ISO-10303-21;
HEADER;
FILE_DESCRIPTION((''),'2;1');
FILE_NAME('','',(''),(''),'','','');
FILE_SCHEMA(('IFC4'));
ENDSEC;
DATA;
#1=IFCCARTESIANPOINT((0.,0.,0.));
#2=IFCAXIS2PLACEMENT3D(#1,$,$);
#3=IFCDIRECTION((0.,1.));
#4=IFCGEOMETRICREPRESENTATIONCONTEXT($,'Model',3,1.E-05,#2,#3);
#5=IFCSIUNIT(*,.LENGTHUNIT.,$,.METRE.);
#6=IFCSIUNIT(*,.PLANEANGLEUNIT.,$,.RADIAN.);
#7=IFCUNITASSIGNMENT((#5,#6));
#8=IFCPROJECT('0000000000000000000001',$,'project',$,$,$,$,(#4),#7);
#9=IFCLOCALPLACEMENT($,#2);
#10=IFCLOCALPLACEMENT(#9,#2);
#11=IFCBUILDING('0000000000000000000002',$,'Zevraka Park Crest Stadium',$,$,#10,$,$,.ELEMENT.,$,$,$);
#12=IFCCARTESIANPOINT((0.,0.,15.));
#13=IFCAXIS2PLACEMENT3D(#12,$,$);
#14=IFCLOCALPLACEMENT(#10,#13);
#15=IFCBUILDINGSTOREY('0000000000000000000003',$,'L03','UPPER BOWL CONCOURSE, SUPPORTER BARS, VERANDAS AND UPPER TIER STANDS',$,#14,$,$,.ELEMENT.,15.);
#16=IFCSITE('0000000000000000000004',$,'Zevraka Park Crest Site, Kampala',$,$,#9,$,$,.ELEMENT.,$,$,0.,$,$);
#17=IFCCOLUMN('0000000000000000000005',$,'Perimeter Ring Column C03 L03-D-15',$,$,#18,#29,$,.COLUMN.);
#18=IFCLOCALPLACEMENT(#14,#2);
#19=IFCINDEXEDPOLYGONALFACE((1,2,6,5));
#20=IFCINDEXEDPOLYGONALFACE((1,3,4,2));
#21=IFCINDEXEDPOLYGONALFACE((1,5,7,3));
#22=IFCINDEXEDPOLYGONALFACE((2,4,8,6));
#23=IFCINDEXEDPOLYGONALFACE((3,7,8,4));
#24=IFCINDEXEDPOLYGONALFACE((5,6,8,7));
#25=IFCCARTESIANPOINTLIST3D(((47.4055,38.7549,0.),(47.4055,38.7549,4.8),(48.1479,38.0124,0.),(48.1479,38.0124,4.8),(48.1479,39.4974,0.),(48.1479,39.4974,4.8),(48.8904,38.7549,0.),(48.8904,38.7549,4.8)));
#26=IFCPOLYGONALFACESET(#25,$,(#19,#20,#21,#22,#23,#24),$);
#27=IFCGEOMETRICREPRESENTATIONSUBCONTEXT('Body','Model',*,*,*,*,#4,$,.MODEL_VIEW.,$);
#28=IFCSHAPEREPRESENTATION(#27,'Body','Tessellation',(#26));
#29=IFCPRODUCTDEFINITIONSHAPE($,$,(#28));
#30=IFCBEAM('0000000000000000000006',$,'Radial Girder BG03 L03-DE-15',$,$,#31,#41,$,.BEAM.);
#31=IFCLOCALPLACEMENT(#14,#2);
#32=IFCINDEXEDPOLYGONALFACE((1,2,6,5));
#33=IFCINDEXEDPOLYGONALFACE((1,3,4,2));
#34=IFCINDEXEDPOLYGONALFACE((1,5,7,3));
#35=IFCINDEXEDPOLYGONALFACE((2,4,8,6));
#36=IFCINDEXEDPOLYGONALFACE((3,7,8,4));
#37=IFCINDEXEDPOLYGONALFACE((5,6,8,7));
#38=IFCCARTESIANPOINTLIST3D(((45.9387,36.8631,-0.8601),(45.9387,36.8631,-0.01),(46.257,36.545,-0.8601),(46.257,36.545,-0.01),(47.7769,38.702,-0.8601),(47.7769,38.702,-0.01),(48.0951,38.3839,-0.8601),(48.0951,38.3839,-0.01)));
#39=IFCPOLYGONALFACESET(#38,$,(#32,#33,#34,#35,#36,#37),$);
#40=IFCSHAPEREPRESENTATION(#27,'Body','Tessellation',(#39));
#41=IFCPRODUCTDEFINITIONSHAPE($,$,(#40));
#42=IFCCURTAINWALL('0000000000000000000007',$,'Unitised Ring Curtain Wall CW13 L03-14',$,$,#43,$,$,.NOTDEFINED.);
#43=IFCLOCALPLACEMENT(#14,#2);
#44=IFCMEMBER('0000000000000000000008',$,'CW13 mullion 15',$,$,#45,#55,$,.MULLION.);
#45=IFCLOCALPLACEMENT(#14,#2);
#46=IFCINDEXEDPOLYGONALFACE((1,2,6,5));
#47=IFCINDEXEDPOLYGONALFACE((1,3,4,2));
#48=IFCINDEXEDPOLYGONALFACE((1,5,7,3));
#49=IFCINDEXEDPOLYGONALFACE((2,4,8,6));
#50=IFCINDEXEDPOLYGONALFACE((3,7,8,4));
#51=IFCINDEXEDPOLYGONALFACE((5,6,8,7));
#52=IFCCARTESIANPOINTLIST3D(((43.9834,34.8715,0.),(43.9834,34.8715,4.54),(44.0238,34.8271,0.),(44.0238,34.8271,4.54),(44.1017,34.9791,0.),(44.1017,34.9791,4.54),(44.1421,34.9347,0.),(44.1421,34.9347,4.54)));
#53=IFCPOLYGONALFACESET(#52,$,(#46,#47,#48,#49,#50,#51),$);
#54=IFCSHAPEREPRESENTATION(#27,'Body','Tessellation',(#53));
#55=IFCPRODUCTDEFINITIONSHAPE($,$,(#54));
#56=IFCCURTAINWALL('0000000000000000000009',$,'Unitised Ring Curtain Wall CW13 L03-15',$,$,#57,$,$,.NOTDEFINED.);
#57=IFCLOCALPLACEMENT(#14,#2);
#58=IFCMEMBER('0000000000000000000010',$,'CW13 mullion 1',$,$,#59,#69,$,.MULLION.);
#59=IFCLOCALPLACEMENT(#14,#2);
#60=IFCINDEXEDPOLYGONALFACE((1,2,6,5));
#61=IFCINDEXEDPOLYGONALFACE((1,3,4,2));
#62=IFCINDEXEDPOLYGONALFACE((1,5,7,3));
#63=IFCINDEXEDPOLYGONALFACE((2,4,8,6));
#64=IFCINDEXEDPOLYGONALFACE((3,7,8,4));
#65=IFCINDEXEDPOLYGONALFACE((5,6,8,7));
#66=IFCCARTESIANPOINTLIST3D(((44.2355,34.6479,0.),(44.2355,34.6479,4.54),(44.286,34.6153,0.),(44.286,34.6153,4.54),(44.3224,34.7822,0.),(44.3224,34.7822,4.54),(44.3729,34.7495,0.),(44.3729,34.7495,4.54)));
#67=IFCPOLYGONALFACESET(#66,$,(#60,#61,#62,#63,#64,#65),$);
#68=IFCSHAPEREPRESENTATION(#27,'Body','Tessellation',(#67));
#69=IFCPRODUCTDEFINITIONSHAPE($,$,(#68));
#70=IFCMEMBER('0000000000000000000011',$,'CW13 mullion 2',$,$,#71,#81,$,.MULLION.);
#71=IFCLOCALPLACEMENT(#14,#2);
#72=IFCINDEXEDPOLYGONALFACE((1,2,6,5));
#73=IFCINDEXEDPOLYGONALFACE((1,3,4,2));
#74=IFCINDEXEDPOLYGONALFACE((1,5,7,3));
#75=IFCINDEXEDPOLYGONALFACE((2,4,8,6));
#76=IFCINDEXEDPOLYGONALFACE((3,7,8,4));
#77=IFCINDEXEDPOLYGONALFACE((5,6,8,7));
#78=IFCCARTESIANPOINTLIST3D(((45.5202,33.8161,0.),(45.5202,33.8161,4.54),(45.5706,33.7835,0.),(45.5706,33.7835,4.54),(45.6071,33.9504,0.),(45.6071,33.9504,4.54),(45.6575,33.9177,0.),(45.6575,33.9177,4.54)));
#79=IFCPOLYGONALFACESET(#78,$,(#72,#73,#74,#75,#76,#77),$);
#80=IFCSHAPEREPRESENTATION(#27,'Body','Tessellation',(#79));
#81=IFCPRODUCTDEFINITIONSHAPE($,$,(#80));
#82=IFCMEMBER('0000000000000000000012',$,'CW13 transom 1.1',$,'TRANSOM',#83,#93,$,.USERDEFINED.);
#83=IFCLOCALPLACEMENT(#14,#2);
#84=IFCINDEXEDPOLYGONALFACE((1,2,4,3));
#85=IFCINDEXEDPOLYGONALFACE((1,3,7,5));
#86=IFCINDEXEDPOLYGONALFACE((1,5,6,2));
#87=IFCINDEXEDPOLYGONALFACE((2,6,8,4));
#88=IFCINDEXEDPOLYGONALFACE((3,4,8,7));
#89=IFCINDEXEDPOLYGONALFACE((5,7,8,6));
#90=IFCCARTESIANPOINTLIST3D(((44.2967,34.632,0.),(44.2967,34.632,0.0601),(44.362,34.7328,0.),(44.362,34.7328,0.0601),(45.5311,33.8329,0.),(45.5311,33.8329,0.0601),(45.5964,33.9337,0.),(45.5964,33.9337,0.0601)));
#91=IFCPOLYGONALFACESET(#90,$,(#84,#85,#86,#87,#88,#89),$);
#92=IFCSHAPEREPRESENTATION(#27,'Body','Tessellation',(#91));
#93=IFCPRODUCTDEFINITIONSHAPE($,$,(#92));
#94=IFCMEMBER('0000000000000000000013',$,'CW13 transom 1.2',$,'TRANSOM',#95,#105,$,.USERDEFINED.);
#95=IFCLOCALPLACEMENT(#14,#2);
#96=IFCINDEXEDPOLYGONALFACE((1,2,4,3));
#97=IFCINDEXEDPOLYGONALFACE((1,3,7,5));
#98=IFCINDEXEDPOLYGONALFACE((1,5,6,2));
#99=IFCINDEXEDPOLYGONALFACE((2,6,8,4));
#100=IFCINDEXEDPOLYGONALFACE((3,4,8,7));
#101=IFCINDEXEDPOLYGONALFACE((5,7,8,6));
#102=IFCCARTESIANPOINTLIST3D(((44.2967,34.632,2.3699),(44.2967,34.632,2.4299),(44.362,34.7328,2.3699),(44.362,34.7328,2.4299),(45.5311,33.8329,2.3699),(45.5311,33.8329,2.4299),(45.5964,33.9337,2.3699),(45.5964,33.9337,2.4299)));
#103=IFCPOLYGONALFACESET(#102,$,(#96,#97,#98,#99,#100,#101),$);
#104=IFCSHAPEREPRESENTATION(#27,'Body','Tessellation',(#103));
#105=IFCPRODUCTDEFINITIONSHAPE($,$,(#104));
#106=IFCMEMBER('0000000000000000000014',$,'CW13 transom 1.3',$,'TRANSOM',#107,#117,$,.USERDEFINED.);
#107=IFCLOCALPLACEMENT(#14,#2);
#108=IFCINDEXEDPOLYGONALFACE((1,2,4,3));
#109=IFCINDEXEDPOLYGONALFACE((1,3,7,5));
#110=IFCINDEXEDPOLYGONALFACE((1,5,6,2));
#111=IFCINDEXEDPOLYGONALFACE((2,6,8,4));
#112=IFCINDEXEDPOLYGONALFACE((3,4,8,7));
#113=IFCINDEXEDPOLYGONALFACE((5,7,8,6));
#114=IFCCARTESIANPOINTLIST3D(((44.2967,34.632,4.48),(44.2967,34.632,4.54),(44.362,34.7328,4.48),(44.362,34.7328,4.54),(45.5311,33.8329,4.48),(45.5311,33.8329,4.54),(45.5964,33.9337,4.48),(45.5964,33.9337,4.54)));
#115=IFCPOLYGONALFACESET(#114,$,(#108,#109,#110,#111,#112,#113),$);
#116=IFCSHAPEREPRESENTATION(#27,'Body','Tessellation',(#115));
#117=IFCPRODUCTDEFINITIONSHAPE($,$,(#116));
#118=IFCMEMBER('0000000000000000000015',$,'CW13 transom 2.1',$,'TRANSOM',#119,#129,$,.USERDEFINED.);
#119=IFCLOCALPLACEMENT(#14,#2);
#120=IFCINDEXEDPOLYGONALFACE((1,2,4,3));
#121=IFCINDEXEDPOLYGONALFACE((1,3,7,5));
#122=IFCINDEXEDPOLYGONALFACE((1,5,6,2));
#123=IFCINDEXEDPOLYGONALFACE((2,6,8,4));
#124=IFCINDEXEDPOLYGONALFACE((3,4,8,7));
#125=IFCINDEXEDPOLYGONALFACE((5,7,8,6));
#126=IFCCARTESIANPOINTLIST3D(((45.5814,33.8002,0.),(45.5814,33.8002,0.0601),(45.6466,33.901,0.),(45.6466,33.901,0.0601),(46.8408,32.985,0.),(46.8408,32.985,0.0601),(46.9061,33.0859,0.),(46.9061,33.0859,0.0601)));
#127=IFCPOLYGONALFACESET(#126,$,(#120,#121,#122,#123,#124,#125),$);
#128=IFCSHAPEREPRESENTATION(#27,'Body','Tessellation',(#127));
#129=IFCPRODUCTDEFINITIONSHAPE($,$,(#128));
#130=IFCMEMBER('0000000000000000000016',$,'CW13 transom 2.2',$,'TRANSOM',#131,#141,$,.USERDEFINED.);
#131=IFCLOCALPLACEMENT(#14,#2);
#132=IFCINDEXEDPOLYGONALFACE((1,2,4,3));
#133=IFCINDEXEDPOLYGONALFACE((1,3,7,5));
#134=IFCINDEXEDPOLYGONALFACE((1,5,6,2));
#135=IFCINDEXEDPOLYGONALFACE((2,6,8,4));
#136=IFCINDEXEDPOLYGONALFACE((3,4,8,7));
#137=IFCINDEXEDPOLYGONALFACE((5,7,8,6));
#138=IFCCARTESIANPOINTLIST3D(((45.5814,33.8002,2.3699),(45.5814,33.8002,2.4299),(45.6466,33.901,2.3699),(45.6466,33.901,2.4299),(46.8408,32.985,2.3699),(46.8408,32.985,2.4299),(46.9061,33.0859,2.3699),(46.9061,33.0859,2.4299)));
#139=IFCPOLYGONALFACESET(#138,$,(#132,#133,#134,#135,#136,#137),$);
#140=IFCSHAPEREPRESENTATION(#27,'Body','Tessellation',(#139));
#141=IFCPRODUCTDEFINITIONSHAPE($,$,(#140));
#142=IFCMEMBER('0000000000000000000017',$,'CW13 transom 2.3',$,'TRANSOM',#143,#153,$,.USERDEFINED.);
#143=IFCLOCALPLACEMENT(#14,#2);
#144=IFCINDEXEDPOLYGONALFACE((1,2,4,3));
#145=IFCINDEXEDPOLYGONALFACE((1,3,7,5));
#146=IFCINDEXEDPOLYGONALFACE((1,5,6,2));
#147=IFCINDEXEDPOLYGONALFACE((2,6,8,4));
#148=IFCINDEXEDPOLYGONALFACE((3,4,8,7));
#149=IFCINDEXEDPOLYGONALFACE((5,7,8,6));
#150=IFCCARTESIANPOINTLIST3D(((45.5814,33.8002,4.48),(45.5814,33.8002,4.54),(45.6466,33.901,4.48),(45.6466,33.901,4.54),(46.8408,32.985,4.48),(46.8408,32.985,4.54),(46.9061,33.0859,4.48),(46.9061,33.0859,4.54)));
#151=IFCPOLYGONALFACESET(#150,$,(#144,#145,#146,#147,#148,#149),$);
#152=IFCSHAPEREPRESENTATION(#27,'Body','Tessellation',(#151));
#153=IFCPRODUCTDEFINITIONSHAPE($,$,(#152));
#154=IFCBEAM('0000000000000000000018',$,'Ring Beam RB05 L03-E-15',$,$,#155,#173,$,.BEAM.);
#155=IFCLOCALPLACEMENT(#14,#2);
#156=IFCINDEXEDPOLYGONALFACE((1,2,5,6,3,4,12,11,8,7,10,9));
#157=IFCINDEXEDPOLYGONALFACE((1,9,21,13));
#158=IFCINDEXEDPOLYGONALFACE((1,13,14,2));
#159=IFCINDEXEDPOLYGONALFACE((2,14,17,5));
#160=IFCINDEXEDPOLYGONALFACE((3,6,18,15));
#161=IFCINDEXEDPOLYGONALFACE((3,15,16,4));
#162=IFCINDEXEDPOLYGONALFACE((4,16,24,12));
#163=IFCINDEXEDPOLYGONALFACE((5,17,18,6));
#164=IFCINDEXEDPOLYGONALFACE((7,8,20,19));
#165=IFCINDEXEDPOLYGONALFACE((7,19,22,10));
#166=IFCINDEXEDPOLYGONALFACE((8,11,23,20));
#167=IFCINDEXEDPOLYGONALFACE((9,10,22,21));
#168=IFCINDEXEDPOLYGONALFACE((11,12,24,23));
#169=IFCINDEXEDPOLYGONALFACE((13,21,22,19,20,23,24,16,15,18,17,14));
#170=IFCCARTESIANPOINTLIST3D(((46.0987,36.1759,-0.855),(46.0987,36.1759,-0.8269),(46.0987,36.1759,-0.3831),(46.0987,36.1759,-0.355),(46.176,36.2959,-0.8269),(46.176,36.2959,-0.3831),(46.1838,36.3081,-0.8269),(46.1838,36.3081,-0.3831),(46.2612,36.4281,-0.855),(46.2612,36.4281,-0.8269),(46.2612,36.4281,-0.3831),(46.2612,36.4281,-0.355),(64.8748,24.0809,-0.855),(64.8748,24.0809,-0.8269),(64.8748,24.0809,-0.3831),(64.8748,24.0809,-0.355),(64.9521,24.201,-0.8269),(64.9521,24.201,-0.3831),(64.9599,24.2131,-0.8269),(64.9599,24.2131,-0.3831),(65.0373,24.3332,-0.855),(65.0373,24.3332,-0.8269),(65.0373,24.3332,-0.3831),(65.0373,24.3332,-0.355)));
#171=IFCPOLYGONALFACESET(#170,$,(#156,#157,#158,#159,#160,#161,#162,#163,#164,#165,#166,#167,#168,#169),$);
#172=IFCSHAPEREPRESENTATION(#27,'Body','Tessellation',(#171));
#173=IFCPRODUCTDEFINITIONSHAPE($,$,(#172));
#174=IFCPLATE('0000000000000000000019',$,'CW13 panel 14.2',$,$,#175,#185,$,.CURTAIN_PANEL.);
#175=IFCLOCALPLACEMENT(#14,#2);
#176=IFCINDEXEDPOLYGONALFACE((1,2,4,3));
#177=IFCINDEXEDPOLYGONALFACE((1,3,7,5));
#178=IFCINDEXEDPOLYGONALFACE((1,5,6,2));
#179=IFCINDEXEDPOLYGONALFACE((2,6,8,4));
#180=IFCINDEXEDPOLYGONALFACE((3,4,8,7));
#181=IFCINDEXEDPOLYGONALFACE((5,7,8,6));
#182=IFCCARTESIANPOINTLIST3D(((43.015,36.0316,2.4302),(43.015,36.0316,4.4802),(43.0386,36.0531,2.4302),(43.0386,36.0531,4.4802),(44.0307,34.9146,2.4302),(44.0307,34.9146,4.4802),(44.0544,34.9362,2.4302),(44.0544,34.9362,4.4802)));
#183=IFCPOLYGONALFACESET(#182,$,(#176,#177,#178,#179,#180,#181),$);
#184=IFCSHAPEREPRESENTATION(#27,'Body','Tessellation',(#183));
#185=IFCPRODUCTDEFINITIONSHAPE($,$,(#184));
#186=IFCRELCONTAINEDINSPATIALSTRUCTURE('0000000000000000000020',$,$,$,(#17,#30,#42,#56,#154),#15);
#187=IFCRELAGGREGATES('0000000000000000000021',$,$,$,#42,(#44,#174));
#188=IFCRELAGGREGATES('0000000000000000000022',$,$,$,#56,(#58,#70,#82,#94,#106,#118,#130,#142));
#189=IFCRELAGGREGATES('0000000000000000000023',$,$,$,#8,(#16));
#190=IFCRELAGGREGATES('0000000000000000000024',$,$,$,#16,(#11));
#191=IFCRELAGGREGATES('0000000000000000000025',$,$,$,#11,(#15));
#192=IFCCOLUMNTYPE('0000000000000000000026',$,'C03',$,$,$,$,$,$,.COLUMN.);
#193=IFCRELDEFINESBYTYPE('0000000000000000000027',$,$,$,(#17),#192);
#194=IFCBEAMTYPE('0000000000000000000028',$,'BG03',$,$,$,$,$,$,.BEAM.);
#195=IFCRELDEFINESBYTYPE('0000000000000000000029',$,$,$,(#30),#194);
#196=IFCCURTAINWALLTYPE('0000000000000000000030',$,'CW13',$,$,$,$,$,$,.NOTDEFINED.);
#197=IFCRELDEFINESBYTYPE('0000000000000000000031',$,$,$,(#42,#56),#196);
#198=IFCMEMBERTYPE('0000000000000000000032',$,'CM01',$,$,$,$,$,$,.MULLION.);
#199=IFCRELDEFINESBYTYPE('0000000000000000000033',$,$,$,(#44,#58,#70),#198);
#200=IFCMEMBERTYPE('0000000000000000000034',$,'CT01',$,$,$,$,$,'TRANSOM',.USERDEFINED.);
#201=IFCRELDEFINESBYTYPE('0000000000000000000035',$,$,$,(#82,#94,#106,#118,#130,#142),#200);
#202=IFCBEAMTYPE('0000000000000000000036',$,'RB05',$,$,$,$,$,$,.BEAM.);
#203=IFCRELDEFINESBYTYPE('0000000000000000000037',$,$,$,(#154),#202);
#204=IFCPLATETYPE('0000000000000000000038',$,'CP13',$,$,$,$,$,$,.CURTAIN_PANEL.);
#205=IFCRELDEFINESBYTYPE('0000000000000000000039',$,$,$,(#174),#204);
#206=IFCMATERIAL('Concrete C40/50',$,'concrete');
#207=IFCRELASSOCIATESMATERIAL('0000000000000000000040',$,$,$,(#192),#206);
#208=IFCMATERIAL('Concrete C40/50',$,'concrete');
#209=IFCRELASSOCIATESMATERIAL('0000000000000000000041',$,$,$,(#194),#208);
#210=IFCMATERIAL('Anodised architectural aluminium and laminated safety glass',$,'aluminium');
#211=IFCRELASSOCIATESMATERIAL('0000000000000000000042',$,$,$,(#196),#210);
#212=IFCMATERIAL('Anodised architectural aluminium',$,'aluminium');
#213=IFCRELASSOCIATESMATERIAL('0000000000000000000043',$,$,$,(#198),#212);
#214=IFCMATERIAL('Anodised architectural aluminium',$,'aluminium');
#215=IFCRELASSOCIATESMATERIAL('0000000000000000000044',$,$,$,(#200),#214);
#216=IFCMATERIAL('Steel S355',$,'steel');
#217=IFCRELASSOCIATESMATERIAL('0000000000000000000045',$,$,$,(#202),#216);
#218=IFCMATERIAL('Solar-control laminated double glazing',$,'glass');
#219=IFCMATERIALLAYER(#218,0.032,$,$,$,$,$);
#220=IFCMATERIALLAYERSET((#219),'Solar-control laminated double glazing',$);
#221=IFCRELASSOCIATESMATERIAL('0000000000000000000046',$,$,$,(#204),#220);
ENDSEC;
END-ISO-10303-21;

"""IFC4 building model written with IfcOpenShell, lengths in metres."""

from ifc_helpers import new_model, si_unit, direction, frame, origin, origin_2d, place, context, subcontext, project, spatial, rectangle, i_section, extrude, material, layer, layer_set, material_profile, profile_set, type_object, element, aggregate, save


model = new_model("IFC4")

# Units and contexts
model_context = context("Model", 3, precision=1e-05, world=origin(), true_north=direction((0.0, 1.0)))
body_context = subcontext(model_context, "Body", "Model", "MODEL_VIEW")
ifc_project = project(units=[si_unit("LENGTHUNIT", "METRE"), si_unit("PLANEANGLEUNIT", "RADIAN")], contexts=[model_context])

# Site, building, storey
site_placement = place(None, origin())
site = spatial("IfcSite", under=ifc_project, at=site_placement, Name="Zevraka Park Crest Site, Kampala", CompositionType="ELEMENT", RefElevation=0.0)
building_placement = place(site_placement, origin())
building = spatial("IfcBuilding", under=site, at=building_placement, Name="Zevraka Park Crest Stadium", CompositionType="ELEMENT")
storey_placement = place(building_placement, frame((0.0, 0.0, 15.0)))
storey = spatial("IfcBuildingStorey", under=building, at=storey_placement, Name="L03", Description="UPPER BOWL CONCOURSE, SUPPORTER BARS, VERANDAS AND UPPER TIER STANDS", CompositionType="ELEMENT", Elevation=15.0)

# Column
ifc_material_1 = material(Name="Concrete C40/50", Category="concrete")
ifc_material_profile_1 = material_profile(ifc_material_1, rectangle(XDim=1.05, YDim=1.05, at=origin_2d()), Name="RC 1050x1050")
ifc_profile_set_1 = profile_set([ifc_material_profile_1], Name="Concrete C40/50")
column_type = type_object("IfcColumnType", Name="C03", PredefinedType="COLUMN", material=ifc_profile_set_1)
column_placement = place(storey_placement, frame((48.1479, 38.7549, 0.0), z_axis=(0.0, 0.0, 1.0), x_axis=(0.707107, 0.707107, 0.0)))
element("IfcColumn", 1, at=column_placement, inside=storey, type_object=column_type, Name="Perimeter Ring Column C03 L03-D-15", PredefinedType="COLUMN", context=body_context, shape_type="SweptSolid", body=[
    extrude(rectangle(XDim=1.05, YDim=1.05, at=origin_2d()), origin(), (0.0, 0.0, 1.0), 4.8),
])

# Beam
ifc_material_2 = material(Name="Concrete C40/50", Category="concrete")
ifc_material_profile_2 = material_profile(ifc_material_2, rectangle(XDim=0.45, YDim=0.8501, at=origin_2d()), Name="RC 850x450")
ifc_profile_set_2 = profile_set([ifc_material_profile_2], Name="Concrete C40/50")
beam_type_1 = type_object("IfcBeamType", Name="BG03", PredefinedType="BEAM", material=ifc_profile_set_2)
beam_1_placement = place(storey_placement, frame((47.936, 38.543, -0.4351), z_axis=(-0.706966, -0.707248, 0.0), x_axis=(0.707248, -0.706966, 0.0)))
element("IfcBeam", 2, at=beam_1_placement, inside=storey, type_object=beam_type_1, Name="Radial Girder BG03 L03-DE-15", PredefinedType="BEAM", context=body_context, shape_type="SweptSolid", body=[
    extrude(rectangle(XDim=0.45, YDim=0.8501, at=origin_2d()), origin(), (0.0, 0.0, 1.0), 2.6001),
])

# Curtain wall, member
ifc_material_3 = material(Name="Anodised architectural aluminium and laminated safety glass", Category="aluminium")
curtain_wall_type = type_object("IfcCurtainWallType", Name="CW13", PredefinedType="NOTDEFINED", material=ifc_material_3)
curtain_wall_1_placement = place(storey_placement, origin())
curtain_wall_1 = element("IfcCurtainWall", 3, at=curtain_wall_1_placement, inside=storey, type_object=curtain_wall_type, Name="Unitised Ring Curtain Wall CW13 L03-14", PredefinedType="NOTDEFINED")
ifc_material_4 = material(Name="Anodised architectural aluminium", Category="aluminium")
ifc_material_profile_3 = material_profile(ifc_material_4, rectangle(XDim=0.1599, YDim=0.0601, at=origin_2d()), Name="ALU MULLION 160x60")
ifc_profile_set_3 = profile_set([ifc_material_profile_3], Name="Anodised architectural aluminium")
member_type_1 = type_object("IfcMemberType", Name="CM01", PredefinedType="MULLION", material=ifc_profile_set_3)
member_1_placement = place(storey_placement, frame((44.0627, 34.9031, 0.0), z_axis=(0.0, 0.0, 1.0), x_axis=(0.739823, 0.672802, 0.0)))
member_1 = element("IfcMember", 4, at=member_1_placement, type_object=member_type_1, Name="CW13 mullion 15", PredefinedType="MULLION", context=body_context, shape_type="SweptSolid", body=[
    extrude(rectangle(XDim=0.1599, YDim=0.0601, at=origin_2d()), origin(), (0.0, 0.0, 1.0), 4.54),
])

# Curtain wall, members
curtain_wall_2_placement = place(storey_placement, origin())
curtain_wall_2 = element("IfcCurtainWall", 5, at=curtain_wall_2_placement, inside=storey, type_object=curtain_wall_type, Name="Unitised Ring Curtain Wall CW13 L03-15", PredefinedType="NOTDEFINED")
member_2_placement = place(storey_placement, frame((44.3042, 34.6987, 0.0), z_axis=(0.0, 0.0, 1.0), x_axis=(0.543469, 0.839429, 0.0)))
member_2 = element("IfcMember", 6, at=member_2_placement, type_object=member_type_1, Name="CW13 mullion 1", PredefinedType="MULLION", context=body_context, shape_type="SweptSolid", body=[
    extrude(rectangle(XDim=0.1599, YDim=0.0601, at=origin_2d()), origin(), (0.0, 0.0, 1.0), 4.54),
])
member_3_placement = place(storey_placement, frame((45.5889, 33.8669, 0.0), z_axis=(0.0, 0.0, 1.0), x_axis=(0.543469, 0.839429, 0.0)))
member_3 = element("IfcMember", 7, at=member_3_placement, type_object=member_type_1, Name="CW13 mullion 2", PredefinedType="MULLION", context=body_context, shape_type="SweptSolid", body=[
    extrude(rectangle(XDim=0.1599, YDim=0.0601, at=origin_2d()), origin(), (0.0, 0.0, 1.0), 4.54),
])
ifc_material_5 = material(Name="Anodised architectural aluminium", Category="aluminium")
ifc_material_profile_4 = material_profile(ifc_material_5, rectangle(XDim=0.1201, YDim=0.0601, at=origin_2d()), Name="ALU TRANSOM 120x60")
ifc_profile_set_4 = profile_set([ifc_material_profile_4], Name="Anodised architectural aluminium")
member_type_2 = type_object("IfcMemberType", Name="CT01", ElementType="TRANSOM", PredefinedType="USERDEFINED", material=ifc_profile_set_4)
member_4_placement = place(storey_placement, frame((44.3293, 34.6824, 0.03), z_axis=(0.839459, -0.543423, 0.0), x_axis=(0.543423, 0.839459, 0.0)))
member_4 = element("IfcMember", 8, at=member_4_placement, type_object=member_type_2, Name="CW13 transom 1.1", ObjectType="TRANSOM", PredefinedType="USERDEFINED", context=body_context, shape_type="SweptSolid", body=[
    extrude(rectangle(XDim=0.1201, YDim=0.0601, at=origin_2d()), origin(), (0.0, 0.0, 1.0), 1.4705),
])
member_5_placement = place(storey_placement, frame((44.3293, 34.6824, 2.3999), z_axis=(0.839459, -0.543423, 0.0), x_axis=(0.543423, 0.839459, 0.0)))
member_5 = element("IfcMember", 9, at=member_5_placement, type_object=member_type_2, Name="CW13 transom 1.2", ObjectType="TRANSOM", PredefinedType="USERDEFINED", context=body_context, shape_type="SweptSolid", body=[
    extrude(rectangle(XDim=0.1201, YDim=0.0601, at=origin_2d()), origin(), (0.0, 0.0, 1.0), 1.4705),
])
member_6_placement = place(storey_placement, frame((44.3293, 34.6824, 4.51), z_axis=(0.839459, -0.543423, 0.0), x_axis=(0.543423, 0.839459, 0.0)))
member_6 = element("IfcMember", 10, at=member_6_placement, type_object=member_type_2, Name="CW13 transom 1.3", ObjectType="TRANSOM", PredefinedType="USERDEFINED", context=body_context, shape_type="SweptSolid", body=[
    extrude(rectangle(XDim=0.1201, YDim=0.0601, at=origin_2d()), origin(), (0.0, 0.0, 1.0), 1.4705),
])
member_7_placement = place(storey_placement, frame((45.614, 33.8506, 0.03), z_axis=(0.839509, -0.543346, 0.0), x_axis=(0.543346, 0.839509, 0.0)))
member_7 = element("IfcMember", 11, at=member_7_placement, type_object=member_type_2, Name="CW13 transom 2.1", ObjectType="TRANSOM", PredefinedType="USERDEFINED", context=body_context, shape_type="SweptSolid", body=[
    extrude(rectangle(XDim=0.1201, YDim=0.0601, at=origin_2d()), origin(), (0.0, 0.0, 1.0), 1.5002),
])
member_8_placement = place(storey_placement, frame((45.614, 33.8506, 2.3999), z_axis=(0.839509, -0.543346, 0.0), x_axis=(0.543346, 0.839509, 0.0)))
member_8 = element("IfcMember", 12, at=member_8_placement, type_object=member_type_2, Name="CW13 transom 2.2", ObjectType="TRANSOM", PredefinedType="USERDEFINED", context=body_context, shape_type="SweptSolid", body=[
    extrude(rectangle(XDim=0.1201, YDim=0.0601, at=origin_2d()), origin(), (0.0, 0.0, 1.0), 1.5002),
])
member_9_placement = place(storey_placement, frame((45.614, 33.8506, 4.51), z_axis=(0.839509, -0.543346, 0.0), x_axis=(0.543346, 0.839509, 0.0)))
member_9 = element("IfcMember", 13, at=member_9_placement, type_object=member_type_2, Name="CW13 transom 2.3", ObjectType="TRANSOM", PredefinedType="USERDEFINED", context=body_context, shape_type="SweptSolid", body=[
    extrude(rectangle(XDim=0.1201, YDim=0.0601, at=origin_2d()), origin(), (0.0, 0.0, 1.0), 1.5002),
])

# Beam
ifc_material_6 = material(Name="Steel S355", Category="steel")
ifc_material_profile_5 = material_profile(ifc_material_6, i_section(OverallWidth=0.3, OverallDepth=0.5, WebThickness=0.0144, FlangeThickness=0.0281, at=origin_2d()), Name="HEB 500")
ifc_profile_set_5 = profile_set([ifc_material_profile_5], Name="Steel S355")
beam_type_2 = type_object("IfcBeamType", Name="RB05", PredefinedType="BEAM", material=ifc_profile_set_5)
beam_2_placement = place(storey_placement, frame((46.1799, 36.302, -0.605), z_axis=(0.840677, -0.541537, 0.0), x_axis=(0.541537, 0.840677, 0.0)))
element("IfcBeam", 14, at=beam_2_placement, inside=storey, type_object=beam_type_2, Name="Ring Beam RB05 L03-E-15", PredefinedType="BEAM", context=body_context, shape_type="SweptSolid", body=[
    extrude(i_section(OverallWidth=0.3, OverallDepth=0.5, WebThickness=0.0144, FlangeThickness=0.0281, at=origin_2d()), origin(), (0.0, 0.0, 1.0), 22.3345),
])

# Plate
ifc_material_7 = material(Name="Solar-control laminated double glazing", Category="glass")
ifc_layer_1 = layer(ifc_material_7, 0.032)
ifc_layer_set_1 = layer_set([ifc_layer_1], Name="Solar-control laminated double glazing")
plate_type = type_object("IfcPlateType", Name="CP13", PredefinedType="CURTAIN_PANEL", material=ifc_layer_set_1)
plate_1_placement = place(storey_placement, frame((43.5347, 35.4839, 2.4302), z_axis=(0.0, 0.0, 1.0), x_axis=(0.672802, -0.739823, 0.0)))
plate_1 = element("IfcPlate", 15, at=plate_1_placement, type_object=plate_type, Name="CW13 panel 14.2", PredefinedType="CURTAIN_PANEL", context=body_context, shape_type="SweptSolid", body=[
    extrude(rectangle(XDim=1.5098, YDim=0.032, at=origin_2d()), origin(), (0.0, 0.0, 1.0), 2.05),
])
aggregate(curtain_wall_1, [member_1, plate_1])
aggregate(curtain_wall_2, [member_2, member_3, member_4, member_5, member_6, member_7, member_8, member_9])

save(model, "model.ifc")
